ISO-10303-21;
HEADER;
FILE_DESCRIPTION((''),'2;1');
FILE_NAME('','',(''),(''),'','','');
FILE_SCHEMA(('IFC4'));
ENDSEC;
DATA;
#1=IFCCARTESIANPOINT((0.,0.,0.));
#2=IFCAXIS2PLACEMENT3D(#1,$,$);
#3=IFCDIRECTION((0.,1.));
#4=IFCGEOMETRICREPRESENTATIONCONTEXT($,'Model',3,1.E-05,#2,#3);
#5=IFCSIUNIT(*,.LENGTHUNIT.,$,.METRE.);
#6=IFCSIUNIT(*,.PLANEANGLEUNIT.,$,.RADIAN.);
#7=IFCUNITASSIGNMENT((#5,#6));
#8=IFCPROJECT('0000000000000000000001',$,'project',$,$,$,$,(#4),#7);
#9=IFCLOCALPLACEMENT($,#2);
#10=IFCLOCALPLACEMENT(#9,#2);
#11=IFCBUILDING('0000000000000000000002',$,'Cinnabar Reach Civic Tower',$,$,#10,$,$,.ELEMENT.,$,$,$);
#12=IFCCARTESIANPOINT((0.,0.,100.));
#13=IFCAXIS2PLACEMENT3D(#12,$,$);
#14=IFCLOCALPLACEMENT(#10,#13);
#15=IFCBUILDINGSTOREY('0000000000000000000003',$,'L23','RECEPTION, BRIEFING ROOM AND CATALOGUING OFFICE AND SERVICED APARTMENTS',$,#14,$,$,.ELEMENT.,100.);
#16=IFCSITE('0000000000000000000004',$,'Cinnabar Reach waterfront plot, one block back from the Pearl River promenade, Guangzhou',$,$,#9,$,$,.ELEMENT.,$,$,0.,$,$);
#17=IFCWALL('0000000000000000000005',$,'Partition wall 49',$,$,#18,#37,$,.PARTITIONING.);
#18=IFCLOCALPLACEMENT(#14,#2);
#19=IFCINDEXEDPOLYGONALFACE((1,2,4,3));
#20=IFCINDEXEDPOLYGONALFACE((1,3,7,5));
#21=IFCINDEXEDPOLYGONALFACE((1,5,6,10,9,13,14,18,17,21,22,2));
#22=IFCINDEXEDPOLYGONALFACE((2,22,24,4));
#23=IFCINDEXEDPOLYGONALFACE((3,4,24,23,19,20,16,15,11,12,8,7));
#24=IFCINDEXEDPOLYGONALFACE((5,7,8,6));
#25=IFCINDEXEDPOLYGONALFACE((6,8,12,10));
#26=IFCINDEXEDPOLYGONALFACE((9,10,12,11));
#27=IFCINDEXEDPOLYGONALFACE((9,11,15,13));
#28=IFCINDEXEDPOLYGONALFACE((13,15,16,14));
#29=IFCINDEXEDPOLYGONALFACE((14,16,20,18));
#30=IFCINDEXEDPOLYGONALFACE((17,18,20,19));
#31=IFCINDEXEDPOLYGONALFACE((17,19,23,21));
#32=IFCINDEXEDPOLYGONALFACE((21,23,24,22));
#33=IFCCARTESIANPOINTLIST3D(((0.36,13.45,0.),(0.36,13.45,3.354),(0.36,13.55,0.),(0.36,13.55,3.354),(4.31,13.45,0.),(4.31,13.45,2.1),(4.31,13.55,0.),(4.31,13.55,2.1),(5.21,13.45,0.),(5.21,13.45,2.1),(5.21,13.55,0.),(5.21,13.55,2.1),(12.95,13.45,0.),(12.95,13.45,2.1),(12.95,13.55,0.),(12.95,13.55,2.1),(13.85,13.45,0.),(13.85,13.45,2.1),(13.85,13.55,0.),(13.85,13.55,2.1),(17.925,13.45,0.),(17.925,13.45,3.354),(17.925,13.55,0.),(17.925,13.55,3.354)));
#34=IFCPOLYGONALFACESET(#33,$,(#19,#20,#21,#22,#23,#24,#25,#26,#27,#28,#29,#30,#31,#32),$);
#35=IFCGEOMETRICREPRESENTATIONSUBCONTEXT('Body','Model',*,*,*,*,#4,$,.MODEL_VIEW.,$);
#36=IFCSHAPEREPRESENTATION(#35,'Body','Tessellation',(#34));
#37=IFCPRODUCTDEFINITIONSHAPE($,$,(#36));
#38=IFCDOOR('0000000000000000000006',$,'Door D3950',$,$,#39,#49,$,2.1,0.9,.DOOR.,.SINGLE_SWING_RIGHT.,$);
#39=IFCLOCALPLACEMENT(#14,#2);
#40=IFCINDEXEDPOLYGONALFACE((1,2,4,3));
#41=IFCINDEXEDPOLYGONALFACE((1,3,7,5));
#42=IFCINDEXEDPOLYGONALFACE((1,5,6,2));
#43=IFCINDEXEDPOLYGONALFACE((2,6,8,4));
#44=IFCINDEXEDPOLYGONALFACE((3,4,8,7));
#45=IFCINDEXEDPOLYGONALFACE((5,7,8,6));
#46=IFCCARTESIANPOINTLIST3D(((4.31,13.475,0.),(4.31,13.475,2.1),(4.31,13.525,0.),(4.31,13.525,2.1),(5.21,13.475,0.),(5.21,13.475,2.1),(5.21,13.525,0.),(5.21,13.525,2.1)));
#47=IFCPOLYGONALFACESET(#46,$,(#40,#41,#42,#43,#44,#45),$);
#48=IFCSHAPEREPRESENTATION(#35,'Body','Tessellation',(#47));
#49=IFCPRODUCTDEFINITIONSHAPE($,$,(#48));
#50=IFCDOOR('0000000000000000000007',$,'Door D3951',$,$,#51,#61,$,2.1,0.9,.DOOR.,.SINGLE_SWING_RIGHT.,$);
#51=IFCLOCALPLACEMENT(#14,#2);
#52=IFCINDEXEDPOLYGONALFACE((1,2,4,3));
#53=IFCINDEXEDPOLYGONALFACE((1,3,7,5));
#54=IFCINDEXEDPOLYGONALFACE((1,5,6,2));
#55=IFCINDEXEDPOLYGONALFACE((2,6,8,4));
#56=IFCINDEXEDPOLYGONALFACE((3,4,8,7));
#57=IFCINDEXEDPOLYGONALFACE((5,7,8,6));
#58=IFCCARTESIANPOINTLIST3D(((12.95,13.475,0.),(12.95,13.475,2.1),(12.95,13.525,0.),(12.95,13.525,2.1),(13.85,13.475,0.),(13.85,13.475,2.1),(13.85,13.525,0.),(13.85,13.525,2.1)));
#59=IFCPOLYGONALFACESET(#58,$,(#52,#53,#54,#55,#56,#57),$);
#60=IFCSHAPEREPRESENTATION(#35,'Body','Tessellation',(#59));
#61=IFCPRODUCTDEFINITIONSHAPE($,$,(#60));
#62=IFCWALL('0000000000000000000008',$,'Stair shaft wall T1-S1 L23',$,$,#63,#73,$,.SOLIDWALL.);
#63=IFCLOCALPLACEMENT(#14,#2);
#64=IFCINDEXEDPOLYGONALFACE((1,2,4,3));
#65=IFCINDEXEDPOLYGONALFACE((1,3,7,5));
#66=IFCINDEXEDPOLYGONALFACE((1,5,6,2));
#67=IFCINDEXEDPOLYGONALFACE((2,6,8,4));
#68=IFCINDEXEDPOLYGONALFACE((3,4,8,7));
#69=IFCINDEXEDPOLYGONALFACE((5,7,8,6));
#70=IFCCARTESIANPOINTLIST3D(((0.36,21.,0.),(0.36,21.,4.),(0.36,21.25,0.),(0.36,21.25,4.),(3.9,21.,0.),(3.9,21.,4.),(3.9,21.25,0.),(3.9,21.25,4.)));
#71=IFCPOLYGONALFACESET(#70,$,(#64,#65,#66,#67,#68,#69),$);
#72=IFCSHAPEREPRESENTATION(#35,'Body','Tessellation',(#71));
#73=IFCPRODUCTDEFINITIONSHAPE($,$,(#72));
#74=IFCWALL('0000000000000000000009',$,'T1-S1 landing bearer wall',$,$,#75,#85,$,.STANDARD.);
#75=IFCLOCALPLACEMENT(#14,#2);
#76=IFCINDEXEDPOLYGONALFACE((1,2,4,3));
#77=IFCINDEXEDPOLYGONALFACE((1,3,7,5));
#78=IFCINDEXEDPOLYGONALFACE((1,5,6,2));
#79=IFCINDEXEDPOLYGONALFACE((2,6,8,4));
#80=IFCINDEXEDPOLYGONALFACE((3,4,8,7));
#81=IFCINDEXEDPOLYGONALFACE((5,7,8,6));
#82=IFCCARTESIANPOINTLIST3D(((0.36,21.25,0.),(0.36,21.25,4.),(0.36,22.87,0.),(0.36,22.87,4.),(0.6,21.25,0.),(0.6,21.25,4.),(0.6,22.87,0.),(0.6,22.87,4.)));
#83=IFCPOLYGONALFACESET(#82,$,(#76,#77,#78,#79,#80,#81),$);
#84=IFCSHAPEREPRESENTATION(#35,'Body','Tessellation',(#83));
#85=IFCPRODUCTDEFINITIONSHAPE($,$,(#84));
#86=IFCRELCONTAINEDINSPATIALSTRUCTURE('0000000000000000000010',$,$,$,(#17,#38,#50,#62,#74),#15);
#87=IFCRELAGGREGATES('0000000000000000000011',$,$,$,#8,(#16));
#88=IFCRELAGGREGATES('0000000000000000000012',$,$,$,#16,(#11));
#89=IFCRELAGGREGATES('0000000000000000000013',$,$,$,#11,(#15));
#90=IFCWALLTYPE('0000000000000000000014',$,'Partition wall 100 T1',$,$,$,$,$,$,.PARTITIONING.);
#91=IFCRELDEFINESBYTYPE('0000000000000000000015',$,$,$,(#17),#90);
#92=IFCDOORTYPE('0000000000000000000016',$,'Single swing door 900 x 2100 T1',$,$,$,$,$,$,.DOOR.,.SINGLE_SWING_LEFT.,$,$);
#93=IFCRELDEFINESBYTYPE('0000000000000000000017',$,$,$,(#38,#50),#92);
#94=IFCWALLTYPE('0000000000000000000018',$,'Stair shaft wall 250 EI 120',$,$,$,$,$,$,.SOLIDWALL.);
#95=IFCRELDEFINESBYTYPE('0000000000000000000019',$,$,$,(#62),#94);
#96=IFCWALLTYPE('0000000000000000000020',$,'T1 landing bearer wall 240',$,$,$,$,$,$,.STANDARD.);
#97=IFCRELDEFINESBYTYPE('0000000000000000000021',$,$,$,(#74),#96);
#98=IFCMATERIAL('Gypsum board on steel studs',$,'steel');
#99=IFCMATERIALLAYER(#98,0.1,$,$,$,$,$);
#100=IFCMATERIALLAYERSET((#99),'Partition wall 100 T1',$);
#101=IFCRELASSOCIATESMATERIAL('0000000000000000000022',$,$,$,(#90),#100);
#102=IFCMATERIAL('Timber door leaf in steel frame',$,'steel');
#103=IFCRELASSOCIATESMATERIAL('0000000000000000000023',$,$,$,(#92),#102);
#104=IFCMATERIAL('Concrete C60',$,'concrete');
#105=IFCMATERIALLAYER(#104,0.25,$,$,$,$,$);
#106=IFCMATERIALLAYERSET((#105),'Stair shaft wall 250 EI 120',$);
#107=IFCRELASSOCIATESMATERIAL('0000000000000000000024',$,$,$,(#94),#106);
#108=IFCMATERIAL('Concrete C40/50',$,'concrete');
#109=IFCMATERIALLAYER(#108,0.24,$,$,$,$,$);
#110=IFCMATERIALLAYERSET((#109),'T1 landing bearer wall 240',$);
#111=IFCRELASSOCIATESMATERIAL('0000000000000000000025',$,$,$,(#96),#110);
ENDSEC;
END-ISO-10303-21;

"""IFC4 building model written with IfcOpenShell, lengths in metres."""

from ifc_helpers import new_model, si_unit, direction, frame, frame_2d, origin, place, context, subcontext, project, spatial, rectangle, extrude, material, layer, layer_set, type_object, element, fill, save


model = new_model("IFC4")

# Units and contexts
model_context = context("Model", 3, precision=1e-05, world=origin(), true_north=direction((0.0, 1.0)))
body_context = subcontext(model_context, "Body", "Model", "MODEL_VIEW")
ifc_project = project(units=[si_unit("LENGTHUNIT", "METRE"), si_unit("PLANEANGLEUNIT", "RADIAN")], contexts=[model_context])

# Site, building, storey
site_placement = place(None, origin())
site = spatial("IfcSite", under=ifc_project, at=site_placement, Name="Cinnabar Reach waterfront plot, one block back from the Pearl River promenade, Guangzhou", CompositionType="ELEMENT", RefElevation=0.0)
building_placement = place(site_placement, origin())
building = spatial("IfcBuilding", under=site, at=building_placement, Name="Cinnabar Reach Civic Tower", CompositionType="ELEMENT")
storey_placement = place(building_placement, frame((0.0, 0.0, 100.0)))
storey = spatial("IfcBuildingStorey", under=building, at=storey_placement, Name="L23", Description="RECEPTION, BRIEFING ROOM AND CATALOGUING OFFICE AND SERVICED APARTMENTS", CompositionType="ELEMENT", Elevation=100.0)

# Wall, openings, doors
ifc_material_1 = material(Name="Gypsum board on steel studs", Category="steel")
ifc_layer_1 = layer(ifc_material_1, 0.1)
ifc_layer_set_1 = layer_set([ifc_layer_1], Name="Partition wall 100 T1")
wall_type_1 = type_object("IfcWallType", Name="Partition wall 100 T1", PredefinedType="PARTITIONING", material=ifc_layer_set_1)
wall_1_placement = place(storey_placement, frame((0.36, 13.5, 0.0), z_axis=(0.0, 0.0, 1.0), x_axis=(1.0, 0.0, 0.0)))
wall_1 = element("IfcWall", 1, at=wall_1_placement, inside=storey, type_object=wall_type_1, Name="Partition wall 49", PredefinedType="PARTITIONING", context=body_context, shape_type="SweptSolid", body=[
    extrude(rectangle(XDim=17.565, YDim=0.1, at=frame_2d((8.7825, 0.0))), origin(), (0.0, 0.0, 1.0), 3.354),
])
opening_1_placement = place(wall_1_placement, frame((3.95, 0.0, 0.0)))
opening_1 = element("IfcOpeningElement", 2, at=opening_1_placement, cuts=wall_1, PredefinedType="OPENING", context=body_context, shape_type="SweptSolid", body=[
    extrude(rectangle(XDim=0.9, YDim=2.1, at=frame_2d((0.45, 1.05))), frame((0.0, 0.06, 0.0), z_axis=(0.0, -1.0, 0.0), x_axis=(1.0, 0.0, 0.0)), (0.0, 0.0, 1.0), 0.12),
])
opening_2_placement = place(wall_1_placement, frame((12.59, 0.0, 0.0)))
opening_2 = element("IfcOpeningElement", 3, at=opening_2_placement, cuts=wall_1, PredefinedType="OPENING", context=body_context, shape_type="SweptSolid", body=[
    extrude(rectangle(XDim=0.9, YDim=2.1, at=frame_2d((0.45, 1.05))), frame((0.0, 0.06, 0.0), z_axis=(0.0, -1.0, 0.0), x_axis=(1.0, 0.0, 0.0)), (0.0, 0.0, 1.0), 0.12),
])
ifc_material_2 = material(Name="Timber door leaf in steel frame", Category="steel")
door_type = type_object("IfcDoorType", Name="Single swing door 900 x 2100 T1", OperationType="SINGLE_SWING_LEFT", PredefinedType="DOOR", material=ifc_material_2)
door_1_placement = place(opening_1_placement, frame((0.9, 0.0, 0.0), z_axis=(0.0, 0.0, 1.0), x_axis=(-1.0, 0.0, 0.0)))
door_1 = element("IfcDoor", 4, at=door_1_placement, inside=storey, type_object=door_type, Name="Door D3950", OperationType="SINGLE_SWING_RIGHT", OverallHeight=2.1, OverallWidth=0.9, PredefinedType="DOOR", context=body_context, shape_type="SweptSolid", body=[
    extrude(rectangle(XDim=0.9, YDim=2.1, at=frame_2d((0.45, 1.05))), frame((0.0, 0.025, 0.0), z_axis=(0.0, -1.0, 0.0), x_axis=(1.0, 0.0, 0.0)), (0.0, 0.0, 1.0), 0.05),
])
fill(opening_1, door_1)
door_2_placement = place(opening_2_placement, frame((0.9, 0.0, 0.0), z_axis=(0.0, 0.0, 1.0), x_axis=(-1.0, 0.0, 0.0)))
door_2 = element("IfcDoor", 5, at=door_2_placement, inside=storey, type_object=door_type, Name="Door D3951", OperationType="SINGLE_SWING_RIGHT", OverallHeight=2.1, OverallWidth=0.9, PredefinedType="DOOR", context=body_context, shape_type="SweptSolid", body=[
    extrude(rectangle(XDim=0.9, YDim=2.1, at=frame_2d((0.45, 1.05))), frame((0.0, 0.025, 0.0), z_axis=(0.0, -1.0, 0.0), x_axis=(1.0, 0.0, 0.0)), (0.0, 0.0, 1.0), 0.05),
])
fill(opening_2, door_2)

# Walls
ifc_material_3 = material(Name="Concrete C60", Category="concrete")
ifc_layer_2 = layer(ifc_material_3, 0.25)
ifc_layer_set_2 = layer_set([ifc_layer_2], Name="Stair shaft wall 250 EI 120")
wall_type_2 = type_object("IfcWallType", Name="Stair shaft wall 250 EI 120", PredefinedType="SOLIDWALL", material=ifc_layer_set_2)
wall_2_placement = place(storey_placement, frame((0.36, 21.125, 0.0), z_axis=(0.0, 0.0, 1.0), x_axis=(1.0, 0.0, 0.0)))
element("IfcWall", 6, at=wall_2_placement, inside=storey, type_object=wall_type_2, Name="Stair shaft wall T1-S1 L23", PredefinedType="SOLIDWALL", context=body_context, shape_type="SweptSolid", body=[
    extrude(rectangle(XDim=3.54, YDim=0.25, at=frame_2d((1.77, 0.0))), origin(), (0.0, 0.0, 1.0), 4.0),
])
ifc_material_4 = material(Name="Concrete C40/50", Category="concrete")
ifc_layer_3 = layer(ifc_material_4, 0.24)
ifc_layer_set_3 = layer_set([ifc_layer_3], Name="T1 landing bearer wall 240")
wall_type_3 = type_object("IfcWallType", Name="T1 landing bearer wall 240", PredefinedType="STANDARD", material=ifc_layer_set_3)
wall_3_placement = place(storey_placement, frame((0.48, 21.25, 0.0), z_axis=(0.0, 0.0, 1.0), x_axis=(0.0, 1.0, 0.0)))
element("IfcWall", 7, at=wall_3_placement, inside=storey, type_object=wall_type_3, Name="T1-S1 landing bearer wall", PredefinedType="STANDARD", context=body_context, shape_type="SweptSolid", body=[
    extrude(rectangle(XDim=1.62, YDim=0.24, at=frame_2d((0.81, 0.0))), origin(), (0.0, 0.0, 1.0), 4.0),
])

save(model, "model.ifc")
